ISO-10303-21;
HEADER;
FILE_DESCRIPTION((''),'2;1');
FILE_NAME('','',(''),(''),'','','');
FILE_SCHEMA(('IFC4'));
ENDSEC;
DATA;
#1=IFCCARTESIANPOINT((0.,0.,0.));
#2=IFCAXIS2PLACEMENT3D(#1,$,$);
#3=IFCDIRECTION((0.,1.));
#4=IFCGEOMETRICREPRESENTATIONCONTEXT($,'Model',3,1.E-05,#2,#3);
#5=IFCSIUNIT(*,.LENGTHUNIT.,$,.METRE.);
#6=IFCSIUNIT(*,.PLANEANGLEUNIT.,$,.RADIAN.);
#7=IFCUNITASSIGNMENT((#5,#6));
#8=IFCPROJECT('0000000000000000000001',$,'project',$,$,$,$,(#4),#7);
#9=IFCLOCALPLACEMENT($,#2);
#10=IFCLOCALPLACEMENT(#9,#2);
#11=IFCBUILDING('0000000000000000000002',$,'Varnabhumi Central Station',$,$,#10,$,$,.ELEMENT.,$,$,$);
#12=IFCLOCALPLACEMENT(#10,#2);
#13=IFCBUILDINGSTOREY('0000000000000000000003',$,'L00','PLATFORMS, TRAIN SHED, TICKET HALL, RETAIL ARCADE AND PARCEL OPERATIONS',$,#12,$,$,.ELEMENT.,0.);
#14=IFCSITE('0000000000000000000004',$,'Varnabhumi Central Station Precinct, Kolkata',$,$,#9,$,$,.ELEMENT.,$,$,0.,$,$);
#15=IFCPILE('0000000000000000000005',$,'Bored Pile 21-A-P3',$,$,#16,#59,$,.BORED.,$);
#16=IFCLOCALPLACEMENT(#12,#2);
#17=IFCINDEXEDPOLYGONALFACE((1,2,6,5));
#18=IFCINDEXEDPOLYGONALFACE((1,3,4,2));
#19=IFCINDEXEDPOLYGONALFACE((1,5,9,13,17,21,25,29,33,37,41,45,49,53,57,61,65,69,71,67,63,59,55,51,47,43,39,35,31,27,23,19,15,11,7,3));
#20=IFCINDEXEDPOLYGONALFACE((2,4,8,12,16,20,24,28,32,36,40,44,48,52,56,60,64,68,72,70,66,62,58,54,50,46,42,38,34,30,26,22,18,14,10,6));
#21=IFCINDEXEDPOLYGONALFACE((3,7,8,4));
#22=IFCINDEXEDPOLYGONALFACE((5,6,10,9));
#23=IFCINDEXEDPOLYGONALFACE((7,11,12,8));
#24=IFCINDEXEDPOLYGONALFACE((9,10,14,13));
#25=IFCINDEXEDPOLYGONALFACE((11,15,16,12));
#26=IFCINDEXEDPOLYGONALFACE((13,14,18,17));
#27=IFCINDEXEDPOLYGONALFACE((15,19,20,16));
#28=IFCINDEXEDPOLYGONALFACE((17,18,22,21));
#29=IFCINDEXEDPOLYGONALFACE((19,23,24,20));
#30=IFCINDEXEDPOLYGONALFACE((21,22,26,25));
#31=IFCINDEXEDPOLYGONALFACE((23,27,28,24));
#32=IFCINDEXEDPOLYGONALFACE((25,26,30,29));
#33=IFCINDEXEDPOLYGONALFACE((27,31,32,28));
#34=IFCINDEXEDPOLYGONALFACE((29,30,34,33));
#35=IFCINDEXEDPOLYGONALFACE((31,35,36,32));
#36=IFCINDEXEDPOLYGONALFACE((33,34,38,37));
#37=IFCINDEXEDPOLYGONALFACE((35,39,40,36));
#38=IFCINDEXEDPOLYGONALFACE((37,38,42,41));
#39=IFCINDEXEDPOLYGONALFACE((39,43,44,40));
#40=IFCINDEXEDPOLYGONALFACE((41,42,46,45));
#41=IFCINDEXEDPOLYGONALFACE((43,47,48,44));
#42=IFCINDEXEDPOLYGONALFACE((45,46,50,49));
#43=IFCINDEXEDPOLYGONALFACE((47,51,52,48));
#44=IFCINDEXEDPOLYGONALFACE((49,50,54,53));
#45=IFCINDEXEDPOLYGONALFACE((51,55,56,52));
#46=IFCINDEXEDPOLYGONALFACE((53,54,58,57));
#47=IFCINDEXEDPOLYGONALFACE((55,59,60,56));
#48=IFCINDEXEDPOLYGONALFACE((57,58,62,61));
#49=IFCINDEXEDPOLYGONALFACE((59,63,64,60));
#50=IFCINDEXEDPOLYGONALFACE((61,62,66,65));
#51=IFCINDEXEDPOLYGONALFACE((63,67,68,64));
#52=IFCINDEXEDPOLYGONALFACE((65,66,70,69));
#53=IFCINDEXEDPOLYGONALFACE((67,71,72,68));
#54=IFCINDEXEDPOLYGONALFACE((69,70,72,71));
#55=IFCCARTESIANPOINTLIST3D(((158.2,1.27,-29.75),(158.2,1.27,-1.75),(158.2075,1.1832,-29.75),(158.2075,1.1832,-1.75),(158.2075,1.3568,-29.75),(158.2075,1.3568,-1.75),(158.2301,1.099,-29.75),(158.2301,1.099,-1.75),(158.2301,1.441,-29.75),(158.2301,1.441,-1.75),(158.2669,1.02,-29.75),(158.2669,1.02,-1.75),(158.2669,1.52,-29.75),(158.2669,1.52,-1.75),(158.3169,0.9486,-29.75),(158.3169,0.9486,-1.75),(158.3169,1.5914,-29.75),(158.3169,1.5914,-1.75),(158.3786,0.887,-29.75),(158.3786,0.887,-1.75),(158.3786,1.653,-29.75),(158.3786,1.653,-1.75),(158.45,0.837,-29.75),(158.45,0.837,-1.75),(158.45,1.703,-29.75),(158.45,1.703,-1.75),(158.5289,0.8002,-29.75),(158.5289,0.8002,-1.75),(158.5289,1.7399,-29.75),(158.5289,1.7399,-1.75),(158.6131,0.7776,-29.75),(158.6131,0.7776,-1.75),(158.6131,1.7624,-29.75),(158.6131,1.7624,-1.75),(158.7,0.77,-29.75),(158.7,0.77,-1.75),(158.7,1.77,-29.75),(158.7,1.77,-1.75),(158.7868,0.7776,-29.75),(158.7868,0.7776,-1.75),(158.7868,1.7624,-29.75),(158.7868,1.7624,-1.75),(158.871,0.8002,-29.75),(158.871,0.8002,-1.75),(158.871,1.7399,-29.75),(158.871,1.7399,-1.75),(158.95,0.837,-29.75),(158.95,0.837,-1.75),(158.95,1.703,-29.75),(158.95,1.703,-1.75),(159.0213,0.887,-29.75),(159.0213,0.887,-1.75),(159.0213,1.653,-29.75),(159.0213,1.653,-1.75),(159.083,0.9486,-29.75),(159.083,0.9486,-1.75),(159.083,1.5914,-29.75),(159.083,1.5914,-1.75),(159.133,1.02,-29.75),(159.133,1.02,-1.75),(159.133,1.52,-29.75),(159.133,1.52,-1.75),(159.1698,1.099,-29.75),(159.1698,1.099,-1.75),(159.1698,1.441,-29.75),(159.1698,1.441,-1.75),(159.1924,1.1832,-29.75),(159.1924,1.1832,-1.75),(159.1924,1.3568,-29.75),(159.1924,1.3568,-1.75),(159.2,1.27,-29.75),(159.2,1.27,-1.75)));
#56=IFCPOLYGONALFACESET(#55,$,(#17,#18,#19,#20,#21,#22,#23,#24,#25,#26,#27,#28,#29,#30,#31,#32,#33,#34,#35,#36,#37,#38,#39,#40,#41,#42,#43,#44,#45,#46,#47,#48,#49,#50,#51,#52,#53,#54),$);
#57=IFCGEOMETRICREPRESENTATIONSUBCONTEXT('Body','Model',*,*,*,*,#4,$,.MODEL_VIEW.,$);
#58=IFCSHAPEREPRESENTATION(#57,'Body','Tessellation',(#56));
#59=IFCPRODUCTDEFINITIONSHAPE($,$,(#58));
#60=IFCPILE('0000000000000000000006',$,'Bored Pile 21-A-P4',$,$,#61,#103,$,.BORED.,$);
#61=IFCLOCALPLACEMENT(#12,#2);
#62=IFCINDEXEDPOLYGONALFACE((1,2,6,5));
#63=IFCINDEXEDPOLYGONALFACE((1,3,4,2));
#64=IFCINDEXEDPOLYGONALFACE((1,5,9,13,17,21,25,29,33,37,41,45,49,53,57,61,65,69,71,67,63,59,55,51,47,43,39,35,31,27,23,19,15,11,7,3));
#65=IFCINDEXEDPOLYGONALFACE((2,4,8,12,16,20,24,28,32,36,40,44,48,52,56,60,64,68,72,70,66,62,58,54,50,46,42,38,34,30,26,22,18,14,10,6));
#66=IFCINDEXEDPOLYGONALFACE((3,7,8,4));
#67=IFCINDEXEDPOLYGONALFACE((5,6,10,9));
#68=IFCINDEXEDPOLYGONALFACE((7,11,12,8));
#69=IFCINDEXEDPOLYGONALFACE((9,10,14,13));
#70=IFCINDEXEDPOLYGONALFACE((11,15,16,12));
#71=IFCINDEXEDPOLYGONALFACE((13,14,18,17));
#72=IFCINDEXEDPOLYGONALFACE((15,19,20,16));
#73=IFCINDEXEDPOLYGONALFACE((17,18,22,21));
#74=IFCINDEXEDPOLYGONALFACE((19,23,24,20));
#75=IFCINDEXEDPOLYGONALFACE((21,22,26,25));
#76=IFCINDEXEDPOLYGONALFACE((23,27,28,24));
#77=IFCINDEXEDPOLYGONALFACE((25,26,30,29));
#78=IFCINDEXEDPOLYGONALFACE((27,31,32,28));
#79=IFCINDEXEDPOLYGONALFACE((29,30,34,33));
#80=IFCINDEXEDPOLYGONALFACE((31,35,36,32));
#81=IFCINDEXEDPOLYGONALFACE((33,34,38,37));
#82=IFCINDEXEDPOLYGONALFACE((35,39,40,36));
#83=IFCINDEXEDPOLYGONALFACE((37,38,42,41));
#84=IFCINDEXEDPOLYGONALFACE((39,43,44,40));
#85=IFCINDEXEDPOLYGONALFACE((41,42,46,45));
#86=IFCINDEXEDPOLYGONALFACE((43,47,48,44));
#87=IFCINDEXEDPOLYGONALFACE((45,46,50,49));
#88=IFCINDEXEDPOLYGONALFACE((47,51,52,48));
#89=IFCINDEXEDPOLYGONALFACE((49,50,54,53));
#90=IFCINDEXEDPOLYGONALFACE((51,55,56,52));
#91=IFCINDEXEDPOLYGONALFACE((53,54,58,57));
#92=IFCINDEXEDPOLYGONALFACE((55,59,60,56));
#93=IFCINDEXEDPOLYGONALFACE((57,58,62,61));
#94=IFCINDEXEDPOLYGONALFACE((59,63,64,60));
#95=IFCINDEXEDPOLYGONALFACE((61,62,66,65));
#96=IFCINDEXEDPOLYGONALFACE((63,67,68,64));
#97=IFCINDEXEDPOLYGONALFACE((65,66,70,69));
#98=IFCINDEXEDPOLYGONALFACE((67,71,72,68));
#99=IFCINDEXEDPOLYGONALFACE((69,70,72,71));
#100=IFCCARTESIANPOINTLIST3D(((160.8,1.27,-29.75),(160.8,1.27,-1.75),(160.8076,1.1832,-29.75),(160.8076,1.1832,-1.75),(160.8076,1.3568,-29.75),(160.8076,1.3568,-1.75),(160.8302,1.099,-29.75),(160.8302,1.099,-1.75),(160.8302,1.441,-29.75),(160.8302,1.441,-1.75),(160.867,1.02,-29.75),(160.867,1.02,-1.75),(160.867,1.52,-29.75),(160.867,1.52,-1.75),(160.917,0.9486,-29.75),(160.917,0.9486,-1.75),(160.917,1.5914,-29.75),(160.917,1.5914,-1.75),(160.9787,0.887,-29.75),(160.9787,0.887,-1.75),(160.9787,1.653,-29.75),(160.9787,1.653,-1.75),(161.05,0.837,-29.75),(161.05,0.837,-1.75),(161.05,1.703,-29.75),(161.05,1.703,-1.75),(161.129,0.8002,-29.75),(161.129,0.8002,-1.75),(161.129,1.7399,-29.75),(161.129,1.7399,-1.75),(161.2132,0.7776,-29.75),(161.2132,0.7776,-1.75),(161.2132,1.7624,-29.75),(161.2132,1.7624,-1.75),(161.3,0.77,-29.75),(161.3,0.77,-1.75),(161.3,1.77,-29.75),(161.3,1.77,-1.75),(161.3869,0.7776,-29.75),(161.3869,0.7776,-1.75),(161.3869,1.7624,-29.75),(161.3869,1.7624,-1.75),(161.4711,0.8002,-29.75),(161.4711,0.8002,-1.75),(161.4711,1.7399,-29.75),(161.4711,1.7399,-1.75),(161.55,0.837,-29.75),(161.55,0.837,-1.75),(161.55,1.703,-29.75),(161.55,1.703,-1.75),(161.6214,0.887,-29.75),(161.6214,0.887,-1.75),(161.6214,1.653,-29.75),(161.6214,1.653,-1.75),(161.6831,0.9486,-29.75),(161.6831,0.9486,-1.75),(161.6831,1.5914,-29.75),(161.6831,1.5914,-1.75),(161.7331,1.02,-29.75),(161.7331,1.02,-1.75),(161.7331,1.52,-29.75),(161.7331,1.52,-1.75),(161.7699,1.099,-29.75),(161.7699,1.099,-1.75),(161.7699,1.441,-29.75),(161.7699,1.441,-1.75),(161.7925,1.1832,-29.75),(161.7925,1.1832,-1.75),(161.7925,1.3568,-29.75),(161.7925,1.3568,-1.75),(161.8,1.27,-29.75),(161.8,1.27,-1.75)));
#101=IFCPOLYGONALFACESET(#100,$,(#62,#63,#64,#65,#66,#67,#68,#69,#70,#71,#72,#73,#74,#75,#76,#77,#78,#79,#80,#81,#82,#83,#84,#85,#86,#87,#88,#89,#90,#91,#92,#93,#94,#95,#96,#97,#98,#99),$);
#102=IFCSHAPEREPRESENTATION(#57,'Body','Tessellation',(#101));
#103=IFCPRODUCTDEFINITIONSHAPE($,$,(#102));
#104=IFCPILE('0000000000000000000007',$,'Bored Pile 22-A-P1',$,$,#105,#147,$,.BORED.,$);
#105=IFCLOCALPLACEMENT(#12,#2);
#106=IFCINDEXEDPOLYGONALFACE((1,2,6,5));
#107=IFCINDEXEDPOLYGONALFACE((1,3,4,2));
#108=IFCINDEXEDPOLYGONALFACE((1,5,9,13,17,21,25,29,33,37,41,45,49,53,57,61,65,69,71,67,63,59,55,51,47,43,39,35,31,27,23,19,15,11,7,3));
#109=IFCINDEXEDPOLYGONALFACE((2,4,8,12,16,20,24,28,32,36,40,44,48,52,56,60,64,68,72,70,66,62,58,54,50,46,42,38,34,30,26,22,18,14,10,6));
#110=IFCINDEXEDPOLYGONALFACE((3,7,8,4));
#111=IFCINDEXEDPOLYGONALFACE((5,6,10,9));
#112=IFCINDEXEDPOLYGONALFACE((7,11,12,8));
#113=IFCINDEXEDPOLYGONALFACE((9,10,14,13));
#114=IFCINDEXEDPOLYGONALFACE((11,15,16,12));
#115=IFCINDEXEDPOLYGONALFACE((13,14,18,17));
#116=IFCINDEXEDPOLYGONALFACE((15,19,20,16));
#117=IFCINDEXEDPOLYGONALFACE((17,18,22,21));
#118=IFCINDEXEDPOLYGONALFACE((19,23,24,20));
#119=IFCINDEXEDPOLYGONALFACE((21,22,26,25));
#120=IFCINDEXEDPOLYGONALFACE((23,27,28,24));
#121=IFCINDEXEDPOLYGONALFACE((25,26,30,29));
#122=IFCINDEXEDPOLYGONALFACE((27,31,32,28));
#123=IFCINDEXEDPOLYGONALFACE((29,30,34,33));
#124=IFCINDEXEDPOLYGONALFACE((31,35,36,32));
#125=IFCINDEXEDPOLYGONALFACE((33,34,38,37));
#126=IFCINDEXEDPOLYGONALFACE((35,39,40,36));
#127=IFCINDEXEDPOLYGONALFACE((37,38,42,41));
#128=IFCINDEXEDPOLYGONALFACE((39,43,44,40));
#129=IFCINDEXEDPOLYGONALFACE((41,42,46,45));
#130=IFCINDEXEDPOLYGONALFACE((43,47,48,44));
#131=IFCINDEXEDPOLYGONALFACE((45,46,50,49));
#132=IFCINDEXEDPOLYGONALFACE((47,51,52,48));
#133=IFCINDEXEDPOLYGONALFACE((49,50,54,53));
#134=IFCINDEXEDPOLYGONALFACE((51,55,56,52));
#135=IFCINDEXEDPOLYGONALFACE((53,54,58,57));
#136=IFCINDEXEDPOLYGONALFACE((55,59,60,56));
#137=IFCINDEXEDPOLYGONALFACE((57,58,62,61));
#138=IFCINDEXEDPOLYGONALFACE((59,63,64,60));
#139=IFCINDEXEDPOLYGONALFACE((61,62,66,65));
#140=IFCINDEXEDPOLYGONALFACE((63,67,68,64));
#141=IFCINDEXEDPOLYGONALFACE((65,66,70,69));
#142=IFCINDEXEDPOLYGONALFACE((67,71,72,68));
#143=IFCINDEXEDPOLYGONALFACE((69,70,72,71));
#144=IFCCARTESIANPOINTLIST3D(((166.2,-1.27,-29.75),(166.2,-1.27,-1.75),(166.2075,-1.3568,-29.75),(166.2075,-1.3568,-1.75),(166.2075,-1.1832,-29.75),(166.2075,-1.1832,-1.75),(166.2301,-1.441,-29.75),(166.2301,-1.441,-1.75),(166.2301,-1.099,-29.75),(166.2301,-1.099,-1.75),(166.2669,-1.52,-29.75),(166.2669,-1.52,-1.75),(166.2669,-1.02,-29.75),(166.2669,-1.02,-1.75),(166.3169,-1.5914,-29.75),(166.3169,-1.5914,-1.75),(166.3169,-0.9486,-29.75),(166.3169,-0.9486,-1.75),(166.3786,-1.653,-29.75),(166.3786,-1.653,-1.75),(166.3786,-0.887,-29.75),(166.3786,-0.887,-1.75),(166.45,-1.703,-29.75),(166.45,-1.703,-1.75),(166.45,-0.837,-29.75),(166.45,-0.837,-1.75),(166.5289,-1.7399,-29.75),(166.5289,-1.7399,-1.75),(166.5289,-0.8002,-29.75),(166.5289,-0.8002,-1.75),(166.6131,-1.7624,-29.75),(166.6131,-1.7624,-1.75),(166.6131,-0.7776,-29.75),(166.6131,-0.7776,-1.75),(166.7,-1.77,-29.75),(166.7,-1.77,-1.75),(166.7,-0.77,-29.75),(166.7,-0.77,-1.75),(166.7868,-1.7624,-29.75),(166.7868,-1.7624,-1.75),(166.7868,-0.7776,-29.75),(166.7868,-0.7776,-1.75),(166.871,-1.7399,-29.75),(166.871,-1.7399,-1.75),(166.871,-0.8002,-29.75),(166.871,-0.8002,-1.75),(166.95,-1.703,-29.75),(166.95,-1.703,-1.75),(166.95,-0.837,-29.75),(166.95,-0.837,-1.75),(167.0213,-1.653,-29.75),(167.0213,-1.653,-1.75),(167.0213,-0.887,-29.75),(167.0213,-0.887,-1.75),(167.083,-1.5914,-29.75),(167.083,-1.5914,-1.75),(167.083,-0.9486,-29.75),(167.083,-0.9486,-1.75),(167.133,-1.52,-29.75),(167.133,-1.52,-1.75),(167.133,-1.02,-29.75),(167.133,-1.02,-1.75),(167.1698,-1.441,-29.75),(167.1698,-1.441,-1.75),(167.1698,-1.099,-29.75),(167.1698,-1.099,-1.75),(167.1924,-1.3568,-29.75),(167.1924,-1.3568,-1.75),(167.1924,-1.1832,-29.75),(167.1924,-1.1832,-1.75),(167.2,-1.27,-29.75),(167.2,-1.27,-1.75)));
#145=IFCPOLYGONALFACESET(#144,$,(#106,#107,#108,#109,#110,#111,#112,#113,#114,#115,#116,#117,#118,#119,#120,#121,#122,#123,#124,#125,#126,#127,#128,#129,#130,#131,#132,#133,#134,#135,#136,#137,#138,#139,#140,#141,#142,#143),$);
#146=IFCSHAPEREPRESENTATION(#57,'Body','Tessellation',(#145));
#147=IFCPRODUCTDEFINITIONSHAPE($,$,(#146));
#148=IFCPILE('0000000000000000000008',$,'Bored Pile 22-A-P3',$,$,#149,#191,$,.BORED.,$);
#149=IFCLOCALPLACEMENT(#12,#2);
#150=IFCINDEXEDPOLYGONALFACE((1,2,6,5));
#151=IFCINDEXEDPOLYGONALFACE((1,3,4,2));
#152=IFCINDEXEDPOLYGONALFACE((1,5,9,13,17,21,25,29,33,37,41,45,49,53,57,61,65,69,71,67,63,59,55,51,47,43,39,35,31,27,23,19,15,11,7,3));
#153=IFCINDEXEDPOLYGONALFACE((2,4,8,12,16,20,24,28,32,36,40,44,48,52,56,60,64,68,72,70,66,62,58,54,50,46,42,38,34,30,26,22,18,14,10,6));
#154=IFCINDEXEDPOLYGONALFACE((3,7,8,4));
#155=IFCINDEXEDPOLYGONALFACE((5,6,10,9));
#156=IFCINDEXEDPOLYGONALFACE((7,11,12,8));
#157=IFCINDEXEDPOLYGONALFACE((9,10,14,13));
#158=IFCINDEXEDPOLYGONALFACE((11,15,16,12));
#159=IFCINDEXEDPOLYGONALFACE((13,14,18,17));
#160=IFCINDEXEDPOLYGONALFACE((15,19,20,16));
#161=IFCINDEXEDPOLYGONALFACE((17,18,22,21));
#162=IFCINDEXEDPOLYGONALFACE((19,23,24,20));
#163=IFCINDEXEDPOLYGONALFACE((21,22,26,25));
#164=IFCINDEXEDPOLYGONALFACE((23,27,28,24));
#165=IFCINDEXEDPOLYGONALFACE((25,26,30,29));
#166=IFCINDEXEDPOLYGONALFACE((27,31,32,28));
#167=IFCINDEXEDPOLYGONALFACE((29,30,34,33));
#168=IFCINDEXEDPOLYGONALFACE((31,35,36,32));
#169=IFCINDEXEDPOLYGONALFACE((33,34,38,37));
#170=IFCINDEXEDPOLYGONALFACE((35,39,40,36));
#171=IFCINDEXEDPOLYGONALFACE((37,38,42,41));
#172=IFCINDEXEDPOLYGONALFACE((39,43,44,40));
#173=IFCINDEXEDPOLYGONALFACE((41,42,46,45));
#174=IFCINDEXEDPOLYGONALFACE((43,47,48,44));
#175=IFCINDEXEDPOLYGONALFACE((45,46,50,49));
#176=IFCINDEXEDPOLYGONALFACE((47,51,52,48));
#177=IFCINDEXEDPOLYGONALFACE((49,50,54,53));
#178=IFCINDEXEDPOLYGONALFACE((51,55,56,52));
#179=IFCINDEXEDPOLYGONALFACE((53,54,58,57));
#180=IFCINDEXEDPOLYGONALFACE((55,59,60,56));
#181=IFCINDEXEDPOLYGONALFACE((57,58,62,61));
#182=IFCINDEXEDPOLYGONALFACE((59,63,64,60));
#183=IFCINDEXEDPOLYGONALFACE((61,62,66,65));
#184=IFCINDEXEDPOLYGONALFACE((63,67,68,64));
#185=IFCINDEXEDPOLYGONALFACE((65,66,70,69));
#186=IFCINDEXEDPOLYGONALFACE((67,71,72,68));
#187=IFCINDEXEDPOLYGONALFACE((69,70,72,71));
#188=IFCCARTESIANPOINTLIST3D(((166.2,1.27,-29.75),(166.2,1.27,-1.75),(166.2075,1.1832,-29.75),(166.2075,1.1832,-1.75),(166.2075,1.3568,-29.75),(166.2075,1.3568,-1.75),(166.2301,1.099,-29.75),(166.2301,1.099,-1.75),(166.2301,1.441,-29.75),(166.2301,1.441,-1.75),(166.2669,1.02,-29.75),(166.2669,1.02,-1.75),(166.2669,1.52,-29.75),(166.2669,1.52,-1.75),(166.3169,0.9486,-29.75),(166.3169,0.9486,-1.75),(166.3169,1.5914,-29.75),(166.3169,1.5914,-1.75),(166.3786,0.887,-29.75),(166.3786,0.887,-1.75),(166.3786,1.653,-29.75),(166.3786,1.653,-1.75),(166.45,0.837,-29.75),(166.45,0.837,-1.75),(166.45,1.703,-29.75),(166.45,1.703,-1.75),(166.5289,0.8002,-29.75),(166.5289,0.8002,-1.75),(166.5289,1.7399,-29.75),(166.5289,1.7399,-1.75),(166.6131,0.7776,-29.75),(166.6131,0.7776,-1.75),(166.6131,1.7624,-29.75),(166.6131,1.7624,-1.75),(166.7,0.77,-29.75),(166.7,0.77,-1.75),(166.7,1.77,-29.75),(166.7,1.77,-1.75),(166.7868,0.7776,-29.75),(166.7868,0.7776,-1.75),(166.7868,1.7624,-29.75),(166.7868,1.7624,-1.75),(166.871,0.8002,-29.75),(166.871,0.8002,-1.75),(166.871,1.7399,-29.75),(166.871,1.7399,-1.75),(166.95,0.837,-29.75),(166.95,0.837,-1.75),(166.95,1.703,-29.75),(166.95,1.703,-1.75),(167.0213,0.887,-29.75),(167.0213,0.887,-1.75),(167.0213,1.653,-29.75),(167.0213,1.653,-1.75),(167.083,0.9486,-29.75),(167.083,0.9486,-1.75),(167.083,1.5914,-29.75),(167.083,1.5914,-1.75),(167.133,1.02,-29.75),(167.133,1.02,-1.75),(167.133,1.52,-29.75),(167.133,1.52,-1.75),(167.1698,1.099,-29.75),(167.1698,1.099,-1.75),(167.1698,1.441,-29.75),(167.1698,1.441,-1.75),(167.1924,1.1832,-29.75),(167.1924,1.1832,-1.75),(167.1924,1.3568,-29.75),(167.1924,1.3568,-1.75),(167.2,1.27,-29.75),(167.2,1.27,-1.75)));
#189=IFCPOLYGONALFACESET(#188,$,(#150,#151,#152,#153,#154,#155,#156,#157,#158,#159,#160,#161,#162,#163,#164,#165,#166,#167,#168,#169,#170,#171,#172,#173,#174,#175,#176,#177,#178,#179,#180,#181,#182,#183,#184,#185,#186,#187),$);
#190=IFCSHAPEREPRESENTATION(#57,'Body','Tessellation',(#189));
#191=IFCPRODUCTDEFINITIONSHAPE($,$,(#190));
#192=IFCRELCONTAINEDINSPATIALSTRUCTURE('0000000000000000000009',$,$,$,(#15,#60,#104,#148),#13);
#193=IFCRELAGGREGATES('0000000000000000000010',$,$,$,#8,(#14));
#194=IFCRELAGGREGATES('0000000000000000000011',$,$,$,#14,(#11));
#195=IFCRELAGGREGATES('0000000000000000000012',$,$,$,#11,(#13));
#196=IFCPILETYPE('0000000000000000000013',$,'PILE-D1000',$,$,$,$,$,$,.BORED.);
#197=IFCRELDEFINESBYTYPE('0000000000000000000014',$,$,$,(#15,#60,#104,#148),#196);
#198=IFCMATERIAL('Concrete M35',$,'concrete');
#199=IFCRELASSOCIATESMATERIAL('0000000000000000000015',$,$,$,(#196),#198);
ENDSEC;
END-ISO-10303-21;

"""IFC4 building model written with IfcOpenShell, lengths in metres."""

from ifc_helpers import new_model, si_unit, direction, frame, origin, origin_2d, place, context, subcontext, project, spatial, circle, extrude, material, material_profile, profile_set, type_object, element, save


model = new_model("IFC4")

# Units and contexts
model_context = context("Model", 3, precision=1e-05, world=origin(), true_north=direction((0.0, 1.0)))
body_context = subcontext(model_context, "Body", "Model", "MODEL_VIEW")
ifc_project = project(units=[si_unit("LENGTHUNIT", "METRE"), si_unit("PLANEANGLEUNIT", "RADIAN")], contexts=[model_context])

# Site, building, storey
site_placement = place(None, origin())
site = spatial("IfcSite", under=ifc_project, at=site_placement, Name="Varnabhumi Central Station Precinct, Kolkata", CompositionType="ELEMENT", RefElevation=0.0)
building_placement = place(site_placement, origin())
building = spatial("IfcBuilding", under=site, at=building_placement, Name="Varnabhumi Central Station", CompositionType="ELEMENT")
storey_placement = place(building_placement, origin())
storey = spatial("IfcBuildingStorey", under=building, at=storey_placement, Name="L00", Description="PLATFORMS, TRAIN SHED, TICKET HALL, RETAIL ARCADE AND PARCEL OPERATIONS", CompositionType="ELEMENT", Elevation=0.0)

# Piles
ifc_material_1 = material(Name="Concrete M35", Category="concrete")
ifc_material_profile_1 = material_profile(ifc_material_1, circle(Radius=0.5, at=origin_2d()), Name="Concrete M35", Category="concrete")
ifc_profile_set_1 = profile_set([ifc_material_profile_1], Name="Concrete M35")
pile_type_1 = type_object("IfcPileType", Name="PILE-D1000", PredefinedType="BORED", material=ifc_profile_set_1)
for number, where, z_axis, x_axis, name in (
    (1, (158.7, 1.27, -1.75), (0.0, 0.0, -1.0), (1.0, 0.0, 0.0), "Bored Pile 21-A-P3"),
    (2, (161.3, 1.27, -1.75), (0.0, 0.0, -1.0), (1.0, 0.0, 0.0), "Bored Pile 21-A-P4"),
    (3, (166.7, -1.27, -1.75), (0.0, 0.0, -1.0), (1.0, 0.0, 0.0), "Bored Pile 22-A-P1"),
    (4, (166.7, 1.27, -1.75), (0.0, 0.0, -1.0), (1.0, 0.0, 0.0), "Bored Pile 22-A-P3"),
):
    element("IfcPile", number, at=place(storey_placement, frame(where, z_axis=z_axis, x_axis=x_axis)), inside=storey, type_object=pile_type_1, Name=name, PredefinedType="BORED", context=body_context, shape_type="SweptSolid", body=[
        extrude(circle(Radius=0.5, at=origin_2d()), origin(), (0.0, 0.0, 1.0), 28.0),
    ])

save(model, "model.ifc")
